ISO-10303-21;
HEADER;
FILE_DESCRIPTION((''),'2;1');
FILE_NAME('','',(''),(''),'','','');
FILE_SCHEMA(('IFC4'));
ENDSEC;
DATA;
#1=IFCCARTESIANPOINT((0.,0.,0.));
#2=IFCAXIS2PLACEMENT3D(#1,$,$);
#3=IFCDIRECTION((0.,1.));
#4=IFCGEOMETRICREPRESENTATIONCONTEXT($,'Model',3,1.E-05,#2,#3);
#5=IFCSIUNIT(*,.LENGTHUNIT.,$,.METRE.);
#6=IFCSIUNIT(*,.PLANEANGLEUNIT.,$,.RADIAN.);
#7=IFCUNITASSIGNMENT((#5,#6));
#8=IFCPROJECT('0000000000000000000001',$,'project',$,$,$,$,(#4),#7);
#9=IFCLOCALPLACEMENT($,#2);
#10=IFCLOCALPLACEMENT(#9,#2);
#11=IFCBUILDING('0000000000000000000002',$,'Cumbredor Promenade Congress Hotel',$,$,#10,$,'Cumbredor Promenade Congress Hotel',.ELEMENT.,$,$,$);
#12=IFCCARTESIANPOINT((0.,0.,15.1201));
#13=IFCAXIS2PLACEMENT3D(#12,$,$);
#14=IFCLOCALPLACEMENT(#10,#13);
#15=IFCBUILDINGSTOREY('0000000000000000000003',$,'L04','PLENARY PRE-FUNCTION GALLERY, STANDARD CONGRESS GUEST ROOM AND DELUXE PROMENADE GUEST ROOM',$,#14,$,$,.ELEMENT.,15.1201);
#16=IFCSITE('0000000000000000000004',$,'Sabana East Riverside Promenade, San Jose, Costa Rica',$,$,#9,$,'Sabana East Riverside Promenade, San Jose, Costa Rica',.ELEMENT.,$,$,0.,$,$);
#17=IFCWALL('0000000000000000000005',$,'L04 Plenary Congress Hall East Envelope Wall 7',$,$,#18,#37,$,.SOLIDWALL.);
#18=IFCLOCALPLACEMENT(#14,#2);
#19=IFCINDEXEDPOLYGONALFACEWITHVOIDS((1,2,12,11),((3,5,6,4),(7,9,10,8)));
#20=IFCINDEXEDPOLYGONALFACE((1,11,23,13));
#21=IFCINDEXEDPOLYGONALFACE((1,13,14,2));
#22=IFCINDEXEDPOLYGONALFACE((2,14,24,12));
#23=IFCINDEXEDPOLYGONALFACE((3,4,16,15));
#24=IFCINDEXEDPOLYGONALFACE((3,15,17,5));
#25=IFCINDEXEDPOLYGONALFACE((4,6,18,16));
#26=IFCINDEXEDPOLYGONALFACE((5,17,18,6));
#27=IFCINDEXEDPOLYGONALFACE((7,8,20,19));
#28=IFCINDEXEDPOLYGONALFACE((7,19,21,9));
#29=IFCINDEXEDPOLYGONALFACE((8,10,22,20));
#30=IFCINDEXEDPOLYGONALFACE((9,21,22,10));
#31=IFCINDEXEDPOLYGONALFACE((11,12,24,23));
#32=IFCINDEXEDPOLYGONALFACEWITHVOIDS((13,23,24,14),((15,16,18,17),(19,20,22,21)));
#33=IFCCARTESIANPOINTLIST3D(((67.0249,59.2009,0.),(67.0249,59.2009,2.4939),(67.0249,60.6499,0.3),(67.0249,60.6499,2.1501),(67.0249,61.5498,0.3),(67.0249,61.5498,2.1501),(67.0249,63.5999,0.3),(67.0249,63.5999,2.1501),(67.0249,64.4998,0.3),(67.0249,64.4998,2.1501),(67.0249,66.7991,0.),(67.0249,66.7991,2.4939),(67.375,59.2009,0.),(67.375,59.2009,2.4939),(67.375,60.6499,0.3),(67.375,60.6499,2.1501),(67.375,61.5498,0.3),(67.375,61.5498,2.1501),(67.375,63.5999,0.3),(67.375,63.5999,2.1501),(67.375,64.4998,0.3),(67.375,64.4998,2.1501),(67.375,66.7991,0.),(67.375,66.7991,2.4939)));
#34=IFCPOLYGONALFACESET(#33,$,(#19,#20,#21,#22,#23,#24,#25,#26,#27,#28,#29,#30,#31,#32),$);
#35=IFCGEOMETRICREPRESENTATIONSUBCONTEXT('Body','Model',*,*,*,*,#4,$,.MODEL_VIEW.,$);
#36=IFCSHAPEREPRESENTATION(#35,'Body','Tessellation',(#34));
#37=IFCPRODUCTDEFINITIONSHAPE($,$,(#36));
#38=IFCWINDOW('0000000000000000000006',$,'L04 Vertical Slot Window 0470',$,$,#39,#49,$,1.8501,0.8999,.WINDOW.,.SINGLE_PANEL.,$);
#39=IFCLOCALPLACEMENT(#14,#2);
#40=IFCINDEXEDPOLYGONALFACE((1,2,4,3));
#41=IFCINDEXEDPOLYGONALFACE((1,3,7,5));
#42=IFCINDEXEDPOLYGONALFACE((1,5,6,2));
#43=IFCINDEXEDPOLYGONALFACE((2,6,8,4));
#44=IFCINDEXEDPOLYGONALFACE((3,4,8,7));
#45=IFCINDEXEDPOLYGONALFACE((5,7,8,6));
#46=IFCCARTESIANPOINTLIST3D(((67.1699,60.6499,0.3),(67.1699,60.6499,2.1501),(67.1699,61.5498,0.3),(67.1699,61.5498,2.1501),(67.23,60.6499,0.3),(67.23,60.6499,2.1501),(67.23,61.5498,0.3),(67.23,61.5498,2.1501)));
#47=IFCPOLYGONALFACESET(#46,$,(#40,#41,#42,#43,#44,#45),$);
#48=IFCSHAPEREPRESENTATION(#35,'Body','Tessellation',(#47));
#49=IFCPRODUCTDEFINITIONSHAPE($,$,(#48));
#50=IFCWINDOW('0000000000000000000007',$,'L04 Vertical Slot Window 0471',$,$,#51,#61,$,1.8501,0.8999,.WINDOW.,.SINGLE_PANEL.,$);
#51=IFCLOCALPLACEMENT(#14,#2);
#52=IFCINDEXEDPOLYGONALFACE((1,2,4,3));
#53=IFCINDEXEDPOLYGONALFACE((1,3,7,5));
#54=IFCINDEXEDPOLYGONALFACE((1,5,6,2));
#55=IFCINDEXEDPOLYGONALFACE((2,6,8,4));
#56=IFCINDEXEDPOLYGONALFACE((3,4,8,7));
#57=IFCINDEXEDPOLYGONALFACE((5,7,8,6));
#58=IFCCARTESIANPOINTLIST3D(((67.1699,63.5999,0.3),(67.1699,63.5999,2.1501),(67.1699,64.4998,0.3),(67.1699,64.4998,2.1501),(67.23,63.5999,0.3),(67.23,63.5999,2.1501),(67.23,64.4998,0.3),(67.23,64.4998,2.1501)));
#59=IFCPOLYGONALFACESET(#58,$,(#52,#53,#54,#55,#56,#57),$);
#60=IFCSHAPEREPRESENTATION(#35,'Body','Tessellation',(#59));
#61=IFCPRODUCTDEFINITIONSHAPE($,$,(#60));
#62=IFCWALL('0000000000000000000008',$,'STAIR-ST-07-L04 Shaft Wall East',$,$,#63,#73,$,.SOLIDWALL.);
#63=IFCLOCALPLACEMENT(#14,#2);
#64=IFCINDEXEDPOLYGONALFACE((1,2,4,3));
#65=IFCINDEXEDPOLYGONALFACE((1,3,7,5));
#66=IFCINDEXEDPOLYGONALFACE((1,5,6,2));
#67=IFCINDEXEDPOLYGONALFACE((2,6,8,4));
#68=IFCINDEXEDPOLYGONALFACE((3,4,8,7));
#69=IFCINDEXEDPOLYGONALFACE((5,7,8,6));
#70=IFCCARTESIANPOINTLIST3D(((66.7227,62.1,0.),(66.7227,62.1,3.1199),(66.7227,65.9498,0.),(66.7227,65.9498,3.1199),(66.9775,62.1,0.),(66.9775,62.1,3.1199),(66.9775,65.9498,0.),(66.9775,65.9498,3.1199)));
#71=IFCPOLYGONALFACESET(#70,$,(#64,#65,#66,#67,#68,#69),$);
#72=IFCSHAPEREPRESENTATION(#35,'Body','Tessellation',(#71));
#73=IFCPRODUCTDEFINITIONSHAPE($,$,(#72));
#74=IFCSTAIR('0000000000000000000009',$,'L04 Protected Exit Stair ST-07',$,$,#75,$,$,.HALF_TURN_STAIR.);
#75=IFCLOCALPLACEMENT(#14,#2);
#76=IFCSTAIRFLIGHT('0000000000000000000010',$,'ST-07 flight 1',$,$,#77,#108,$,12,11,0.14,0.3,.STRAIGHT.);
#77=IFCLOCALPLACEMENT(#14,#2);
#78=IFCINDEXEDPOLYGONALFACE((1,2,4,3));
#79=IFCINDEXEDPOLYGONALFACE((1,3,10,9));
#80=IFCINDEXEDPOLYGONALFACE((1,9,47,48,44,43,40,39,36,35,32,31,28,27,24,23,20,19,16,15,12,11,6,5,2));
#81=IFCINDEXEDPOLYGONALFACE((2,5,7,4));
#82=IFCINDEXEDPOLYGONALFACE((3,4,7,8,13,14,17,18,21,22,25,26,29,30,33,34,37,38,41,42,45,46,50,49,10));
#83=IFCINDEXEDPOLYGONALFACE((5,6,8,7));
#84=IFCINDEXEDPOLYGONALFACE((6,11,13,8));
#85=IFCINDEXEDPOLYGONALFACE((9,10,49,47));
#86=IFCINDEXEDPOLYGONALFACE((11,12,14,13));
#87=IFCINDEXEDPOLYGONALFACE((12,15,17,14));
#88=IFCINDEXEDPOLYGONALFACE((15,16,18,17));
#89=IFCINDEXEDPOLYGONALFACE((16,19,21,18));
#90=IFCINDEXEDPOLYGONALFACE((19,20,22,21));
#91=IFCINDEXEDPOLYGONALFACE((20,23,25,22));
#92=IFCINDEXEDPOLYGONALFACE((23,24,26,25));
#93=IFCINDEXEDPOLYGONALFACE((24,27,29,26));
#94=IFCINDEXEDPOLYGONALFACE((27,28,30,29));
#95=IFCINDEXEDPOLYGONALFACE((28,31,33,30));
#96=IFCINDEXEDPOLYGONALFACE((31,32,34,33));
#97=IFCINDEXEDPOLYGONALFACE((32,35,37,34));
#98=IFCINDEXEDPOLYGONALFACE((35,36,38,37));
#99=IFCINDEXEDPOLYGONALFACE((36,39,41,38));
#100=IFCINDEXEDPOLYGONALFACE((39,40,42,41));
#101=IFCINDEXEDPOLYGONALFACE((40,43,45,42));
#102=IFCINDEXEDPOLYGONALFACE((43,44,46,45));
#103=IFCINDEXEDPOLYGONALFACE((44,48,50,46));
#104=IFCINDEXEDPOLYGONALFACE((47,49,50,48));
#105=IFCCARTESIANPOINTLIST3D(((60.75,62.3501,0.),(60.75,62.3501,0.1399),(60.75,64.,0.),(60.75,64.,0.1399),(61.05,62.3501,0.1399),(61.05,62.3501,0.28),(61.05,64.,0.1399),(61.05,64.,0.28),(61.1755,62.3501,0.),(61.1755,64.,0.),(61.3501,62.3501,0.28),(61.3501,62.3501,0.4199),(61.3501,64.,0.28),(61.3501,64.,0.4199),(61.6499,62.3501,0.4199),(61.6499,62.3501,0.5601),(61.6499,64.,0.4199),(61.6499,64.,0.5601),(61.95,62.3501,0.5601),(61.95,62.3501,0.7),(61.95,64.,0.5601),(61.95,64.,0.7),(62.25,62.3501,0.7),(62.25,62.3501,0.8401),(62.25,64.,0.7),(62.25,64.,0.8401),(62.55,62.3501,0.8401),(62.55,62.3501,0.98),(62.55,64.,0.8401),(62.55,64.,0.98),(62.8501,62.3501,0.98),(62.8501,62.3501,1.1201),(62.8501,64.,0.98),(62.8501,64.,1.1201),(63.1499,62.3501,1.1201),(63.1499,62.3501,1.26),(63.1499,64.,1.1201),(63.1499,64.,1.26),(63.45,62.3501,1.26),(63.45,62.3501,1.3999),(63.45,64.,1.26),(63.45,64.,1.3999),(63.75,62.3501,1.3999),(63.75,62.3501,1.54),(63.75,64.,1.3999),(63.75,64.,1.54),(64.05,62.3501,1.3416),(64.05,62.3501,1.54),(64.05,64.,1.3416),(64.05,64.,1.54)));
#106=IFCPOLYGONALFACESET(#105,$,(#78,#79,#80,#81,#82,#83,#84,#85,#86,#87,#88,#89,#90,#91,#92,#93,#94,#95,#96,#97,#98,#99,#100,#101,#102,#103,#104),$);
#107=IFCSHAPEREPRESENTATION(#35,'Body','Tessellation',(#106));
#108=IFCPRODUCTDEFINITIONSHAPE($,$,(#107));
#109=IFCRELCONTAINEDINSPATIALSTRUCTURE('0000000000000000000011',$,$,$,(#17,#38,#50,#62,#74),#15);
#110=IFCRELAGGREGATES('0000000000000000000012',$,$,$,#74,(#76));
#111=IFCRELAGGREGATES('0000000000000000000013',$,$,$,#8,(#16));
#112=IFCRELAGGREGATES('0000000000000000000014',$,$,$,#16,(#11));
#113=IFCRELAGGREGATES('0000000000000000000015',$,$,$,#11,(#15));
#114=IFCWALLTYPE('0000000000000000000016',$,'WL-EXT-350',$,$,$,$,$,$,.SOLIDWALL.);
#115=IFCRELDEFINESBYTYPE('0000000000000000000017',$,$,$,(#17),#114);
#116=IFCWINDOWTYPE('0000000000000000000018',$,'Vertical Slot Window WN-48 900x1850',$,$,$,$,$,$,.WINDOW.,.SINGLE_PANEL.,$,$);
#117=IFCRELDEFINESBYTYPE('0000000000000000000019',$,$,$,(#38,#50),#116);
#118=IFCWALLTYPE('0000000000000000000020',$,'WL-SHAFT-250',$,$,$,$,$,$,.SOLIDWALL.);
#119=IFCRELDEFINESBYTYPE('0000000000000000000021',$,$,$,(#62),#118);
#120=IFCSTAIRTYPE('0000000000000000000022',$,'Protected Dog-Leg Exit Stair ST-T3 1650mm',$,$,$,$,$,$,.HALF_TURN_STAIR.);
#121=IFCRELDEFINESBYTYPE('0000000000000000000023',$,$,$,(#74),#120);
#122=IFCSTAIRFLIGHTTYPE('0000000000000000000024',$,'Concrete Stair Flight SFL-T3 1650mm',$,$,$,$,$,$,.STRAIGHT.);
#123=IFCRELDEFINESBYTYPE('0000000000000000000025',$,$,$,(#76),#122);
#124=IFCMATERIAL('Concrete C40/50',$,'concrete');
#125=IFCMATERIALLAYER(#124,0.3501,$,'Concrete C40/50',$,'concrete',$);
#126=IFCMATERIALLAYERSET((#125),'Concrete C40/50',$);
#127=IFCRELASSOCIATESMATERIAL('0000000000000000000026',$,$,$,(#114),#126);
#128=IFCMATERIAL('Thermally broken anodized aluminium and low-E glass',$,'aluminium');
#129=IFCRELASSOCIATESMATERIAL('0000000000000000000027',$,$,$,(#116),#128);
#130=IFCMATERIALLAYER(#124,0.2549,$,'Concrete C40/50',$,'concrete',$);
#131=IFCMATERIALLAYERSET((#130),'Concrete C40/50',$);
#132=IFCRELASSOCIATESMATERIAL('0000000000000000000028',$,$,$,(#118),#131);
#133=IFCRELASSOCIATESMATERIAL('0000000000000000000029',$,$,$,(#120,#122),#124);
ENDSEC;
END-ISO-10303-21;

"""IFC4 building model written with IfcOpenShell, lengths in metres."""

from ifc_helpers import new_model, si_unit, direction, frame, frame_2d, origin, place, context, subcontext, project, spatial, polyline, rectangle, outline, extrude, material, layer, layer_set, type_object, element, fill, aggregate, save


model = new_model("IFC4")

# Units and contexts
model_context = context("Model", 3, precision=1e-05, world=origin(), true_north=direction((0.0, 1.0)))
body_context = subcontext(model_context, "Body", "Model", "MODEL_VIEW")
ifc_project = project(units=[si_unit("LENGTHUNIT", "METRE"), si_unit("PLANEANGLEUNIT", "RADIAN")], contexts=[model_context])

# Site, building, storey
site_placement = place(None, origin())
site = spatial("IfcSite", under=ifc_project, at=site_placement, Name="Sabana East Riverside Promenade, San Jose, Costa Rica", LongName="Sabana East Riverside Promenade, San Jose, Costa Rica", CompositionType="ELEMENT", RefElevation=0.0)
building_placement = place(site_placement, origin())
building = spatial("IfcBuilding", under=site, at=building_placement, Name="Cumbredor Promenade Congress Hotel", LongName="Cumbredor Promenade Congress Hotel", CompositionType="ELEMENT")
storey_placement = place(building_placement, frame((0.0, 0.0, 15.1201)))
storey = spatial("IfcBuildingStorey", under=building, at=storey_placement, Name="L04", Description="PLENARY PRE-FUNCTION GALLERY, STANDARD CONGRESS GUEST ROOM AND DELUXE PROMENADE GUEST ROOM", CompositionType="ELEMENT", Elevation=15.1201)

# Shared definitions
ifc_material_1 = material(Name="Concrete C40/50", Category="concrete")

# Shared definitions
ifc_material_2 = material(Name="Thermally broken anodized aluminium and low-E glass", Category="aluminium")

# Wall, openings, windows
ifc_layer_1 = layer(ifc_material_1, 0.3501, Name="Concrete C40/50", Category="concrete")
ifc_layer_set_1 = layer_set([ifc_layer_1], Name="Concrete C40/50")
wall_type_1 = type_object("IfcWallType", Name="WL-EXT-350", PredefinedType="SOLIDWALL", material=ifc_layer_set_1)
wall_1_placement = place(storey_placement, frame((67.2, 59.2009, 0.0), z_axis=(0.0, 0.0, 1.0), x_axis=(0.0, 1.0, 0.0)))
wall_1 = element("IfcWall", 1, at=wall_1_placement, inside=storey, type_object=wall_type_1, Name="L04 Plenary Congress Hall East Envelope Wall 7", PredefinedType="SOLIDWALL", context=body_context, shape_type="SweptSolid", body=[
    extrude(rectangle(XDim=7.5981, YDim=0.3501, at=frame_2d((3.7991, 0.0))), origin(), (0.0, 0.0, 1.0), 2.4939),
])
opening_1_placement = place(wall_1_placement, frame((1.449, 0.0, 0.3)))
opening_1 = element("IfcOpeningElement", 2, at=opening_1_placement, cuts=wall_1, PredefinedType="OPENING", context=body_context, shape_type="SweptSolid", body=[
    extrude(rectangle(XDim=0.8999, YDim=1.8501, at=frame_2d((0.45, 0.925))), frame((0.0, 0.1851, 0.0), z_axis=(0.0, -1.0, 0.0), x_axis=(1.0, 0.0, 0.0)), (0.0, 0.0, 1.0), 0.3701),
])
opening_2_placement = place(wall_1_placement, frame((4.3989, 0.0, 0.3)))
opening_2 = element("IfcOpeningElement", 3, at=opening_2_placement, cuts=wall_1, PredefinedType="OPENING", context=body_context, shape_type="SweptSolid", body=[
    extrude(rectangle(XDim=0.8999, YDim=1.8501, at=frame_2d((0.45, 0.925))), frame((0.0, 0.1851, 0.0), z_axis=(0.0, -1.0, 0.0), x_axis=(1.0, 0.0, 0.0)), (0.0, 0.0, 1.0), 0.3701),
])
window_type = type_object("IfcWindowType", Name="Vertical Slot Window WN-48 900x1850", PartitioningType="SINGLE_PANEL", PredefinedType="WINDOW", material=ifc_material_2)
window_1_placement = place(opening_1_placement, origin())
window_1 = element("IfcWindow", 4, at=window_1_placement, inside=storey, type_object=window_type, Name="L04 Vertical Slot Window 0470", OverallHeight=1.8501, OverallWidth=0.8999, PartitioningType="SINGLE_PANEL", PredefinedType="WINDOW", context=body_context, shape_type="SweptSolid", body=[
    extrude(rectangle(XDim=0.8999, YDim=1.8501, at=frame_2d((0.45, 0.925))), frame((0.0, 0.03, 0.0), z_axis=(0.0, -1.0, 0.0), x_axis=(1.0, 0.0, 0.0)), (0.0, 0.0, 1.0), 0.0601),
])
fill(opening_1, window_1)
window_2_placement = place(opening_2_placement, origin())
window_2 = element("IfcWindow", 5, at=window_2_placement, inside=storey, type_object=window_type, Name="L04 Vertical Slot Window 0471", OverallHeight=1.8501, OverallWidth=0.8999, PartitioningType="SINGLE_PANEL", PredefinedType="WINDOW", context=body_context, shape_type="SweptSolid", body=[
    extrude(rectangle(XDim=0.8999, YDim=1.8501, at=frame_2d((0.45, 0.925))), frame((0.0, 0.03, 0.0), z_axis=(0.0, -1.0, 0.0), x_axis=(1.0, 0.0, 0.0)), (0.0, 0.0, 1.0), 0.0601),
])
fill(opening_2, window_2)

# Wall
ifc_layer_2 = layer(ifc_material_1, 0.2549, Name="Concrete C40/50", Category="concrete")
ifc_layer_set_2 = layer_set([ifc_layer_2], Name="Concrete C40/50")
wall_type_2 = type_object("IfcWallType", Name="WL-SHAFT-250", PredefinedType="SOLIDWALL", material=ifc_layer_set_2)
wall_2_placement = place(storey_placement, frame((66.8501, 62.1001, 0.0), z_axis=(0.0, 0.0, 1.0), x_axis=(0.0, 1.0, 0.0)))
element("IfcWall", 6, at=wall_2_placement, inside=storey, type_object=wall_type_2, Name="STAIR-ST-07-L04 Shaft Wall East", PredefinedType="SOLIDWALL", context=body_context, shape_type="SweptSolid", body=[
    extrude(rectangle(XDim=3.8499, YDim=0.2549, at=frame_2d((1.9248, 0.0))), origin(), (0.0, 0.0, 1.0), 3.1199),
])

# Stair, stair flight
stair_type = type_object("IfcStairType", Name="Protected Dog-Leg Exit Stair ST-T3 1650mm", PredefinedType="HALF_TURN_STAIR", material=ifc_material_1)
stair_placement = place(storey_placement, origin())
stair = element("IfcStair", 7, at=stair_placement, inside=storey, type_object=stair_type, Name="L04 Protected Exit Stair ST-07", PredefinedType="HALF_TURN_STAIR")
stair_flight_type = type_object("IfcStairFlightType", Name="Concrete Stair Flight SFL-T3 1650mm", PredefinedType="STRAIGHT", material=ifc_material_1)
stair_flight_placement = place(storey_placement, frame((60.75, 63.175, 0.0), z_axis=(0.0, 0.0, 1.0), x_axis=(1.0, 0.0, 0.0)))
stair_flight = element("IfcStairFlight", 8, at=stair_flight_placement, type_object=stair_flight_type, Name="ST-07 flight 1", NumberOfRisers=12, NumberOfTreads=11, PredefinedType="STRAIGHT", RiserHeight=0.14, TreadLength=0.3, context=body_context, shape_type="SweptSolid", body=[
    extrude(outline(polyline([(0.0, 0.0), (0.0, 0.1399), (0.3, 0.1399), (0.3, 0.28), (0.6001, 0.28), (0.6001, 0.4199), (0.8999, 0.4199), (0.8999, 0.5601), (1.2, 0.5601), (1.2, 0.7), (1.5, 0.7), (1.5, 0.8401), (1.8, 0.8401), (1.8, 0.98), (2.1001, 0.98), (2.1001, 1.1201), (2.3999, 1.1201), (2.3999, 1.26), (2.7, 1.26), (2.7, 1.3999), (3.0, 1.3999), (3.0, 1.54), (3.3, 1.54), (3.3, 1.6799), (3.3, 1.3416), (0.4255, 0.0), (0.0, 0.0)])), frame((0.0, 0.825, 0.0), z_axis=(0.0, -1.0, 0.0), x_axis=(1.0, 0.0, 0.0)), (0.0, 0.0, 1.0), 1.6499),
])
aggregate(stair, [stair_flight])

save(model, "model.ifc")
